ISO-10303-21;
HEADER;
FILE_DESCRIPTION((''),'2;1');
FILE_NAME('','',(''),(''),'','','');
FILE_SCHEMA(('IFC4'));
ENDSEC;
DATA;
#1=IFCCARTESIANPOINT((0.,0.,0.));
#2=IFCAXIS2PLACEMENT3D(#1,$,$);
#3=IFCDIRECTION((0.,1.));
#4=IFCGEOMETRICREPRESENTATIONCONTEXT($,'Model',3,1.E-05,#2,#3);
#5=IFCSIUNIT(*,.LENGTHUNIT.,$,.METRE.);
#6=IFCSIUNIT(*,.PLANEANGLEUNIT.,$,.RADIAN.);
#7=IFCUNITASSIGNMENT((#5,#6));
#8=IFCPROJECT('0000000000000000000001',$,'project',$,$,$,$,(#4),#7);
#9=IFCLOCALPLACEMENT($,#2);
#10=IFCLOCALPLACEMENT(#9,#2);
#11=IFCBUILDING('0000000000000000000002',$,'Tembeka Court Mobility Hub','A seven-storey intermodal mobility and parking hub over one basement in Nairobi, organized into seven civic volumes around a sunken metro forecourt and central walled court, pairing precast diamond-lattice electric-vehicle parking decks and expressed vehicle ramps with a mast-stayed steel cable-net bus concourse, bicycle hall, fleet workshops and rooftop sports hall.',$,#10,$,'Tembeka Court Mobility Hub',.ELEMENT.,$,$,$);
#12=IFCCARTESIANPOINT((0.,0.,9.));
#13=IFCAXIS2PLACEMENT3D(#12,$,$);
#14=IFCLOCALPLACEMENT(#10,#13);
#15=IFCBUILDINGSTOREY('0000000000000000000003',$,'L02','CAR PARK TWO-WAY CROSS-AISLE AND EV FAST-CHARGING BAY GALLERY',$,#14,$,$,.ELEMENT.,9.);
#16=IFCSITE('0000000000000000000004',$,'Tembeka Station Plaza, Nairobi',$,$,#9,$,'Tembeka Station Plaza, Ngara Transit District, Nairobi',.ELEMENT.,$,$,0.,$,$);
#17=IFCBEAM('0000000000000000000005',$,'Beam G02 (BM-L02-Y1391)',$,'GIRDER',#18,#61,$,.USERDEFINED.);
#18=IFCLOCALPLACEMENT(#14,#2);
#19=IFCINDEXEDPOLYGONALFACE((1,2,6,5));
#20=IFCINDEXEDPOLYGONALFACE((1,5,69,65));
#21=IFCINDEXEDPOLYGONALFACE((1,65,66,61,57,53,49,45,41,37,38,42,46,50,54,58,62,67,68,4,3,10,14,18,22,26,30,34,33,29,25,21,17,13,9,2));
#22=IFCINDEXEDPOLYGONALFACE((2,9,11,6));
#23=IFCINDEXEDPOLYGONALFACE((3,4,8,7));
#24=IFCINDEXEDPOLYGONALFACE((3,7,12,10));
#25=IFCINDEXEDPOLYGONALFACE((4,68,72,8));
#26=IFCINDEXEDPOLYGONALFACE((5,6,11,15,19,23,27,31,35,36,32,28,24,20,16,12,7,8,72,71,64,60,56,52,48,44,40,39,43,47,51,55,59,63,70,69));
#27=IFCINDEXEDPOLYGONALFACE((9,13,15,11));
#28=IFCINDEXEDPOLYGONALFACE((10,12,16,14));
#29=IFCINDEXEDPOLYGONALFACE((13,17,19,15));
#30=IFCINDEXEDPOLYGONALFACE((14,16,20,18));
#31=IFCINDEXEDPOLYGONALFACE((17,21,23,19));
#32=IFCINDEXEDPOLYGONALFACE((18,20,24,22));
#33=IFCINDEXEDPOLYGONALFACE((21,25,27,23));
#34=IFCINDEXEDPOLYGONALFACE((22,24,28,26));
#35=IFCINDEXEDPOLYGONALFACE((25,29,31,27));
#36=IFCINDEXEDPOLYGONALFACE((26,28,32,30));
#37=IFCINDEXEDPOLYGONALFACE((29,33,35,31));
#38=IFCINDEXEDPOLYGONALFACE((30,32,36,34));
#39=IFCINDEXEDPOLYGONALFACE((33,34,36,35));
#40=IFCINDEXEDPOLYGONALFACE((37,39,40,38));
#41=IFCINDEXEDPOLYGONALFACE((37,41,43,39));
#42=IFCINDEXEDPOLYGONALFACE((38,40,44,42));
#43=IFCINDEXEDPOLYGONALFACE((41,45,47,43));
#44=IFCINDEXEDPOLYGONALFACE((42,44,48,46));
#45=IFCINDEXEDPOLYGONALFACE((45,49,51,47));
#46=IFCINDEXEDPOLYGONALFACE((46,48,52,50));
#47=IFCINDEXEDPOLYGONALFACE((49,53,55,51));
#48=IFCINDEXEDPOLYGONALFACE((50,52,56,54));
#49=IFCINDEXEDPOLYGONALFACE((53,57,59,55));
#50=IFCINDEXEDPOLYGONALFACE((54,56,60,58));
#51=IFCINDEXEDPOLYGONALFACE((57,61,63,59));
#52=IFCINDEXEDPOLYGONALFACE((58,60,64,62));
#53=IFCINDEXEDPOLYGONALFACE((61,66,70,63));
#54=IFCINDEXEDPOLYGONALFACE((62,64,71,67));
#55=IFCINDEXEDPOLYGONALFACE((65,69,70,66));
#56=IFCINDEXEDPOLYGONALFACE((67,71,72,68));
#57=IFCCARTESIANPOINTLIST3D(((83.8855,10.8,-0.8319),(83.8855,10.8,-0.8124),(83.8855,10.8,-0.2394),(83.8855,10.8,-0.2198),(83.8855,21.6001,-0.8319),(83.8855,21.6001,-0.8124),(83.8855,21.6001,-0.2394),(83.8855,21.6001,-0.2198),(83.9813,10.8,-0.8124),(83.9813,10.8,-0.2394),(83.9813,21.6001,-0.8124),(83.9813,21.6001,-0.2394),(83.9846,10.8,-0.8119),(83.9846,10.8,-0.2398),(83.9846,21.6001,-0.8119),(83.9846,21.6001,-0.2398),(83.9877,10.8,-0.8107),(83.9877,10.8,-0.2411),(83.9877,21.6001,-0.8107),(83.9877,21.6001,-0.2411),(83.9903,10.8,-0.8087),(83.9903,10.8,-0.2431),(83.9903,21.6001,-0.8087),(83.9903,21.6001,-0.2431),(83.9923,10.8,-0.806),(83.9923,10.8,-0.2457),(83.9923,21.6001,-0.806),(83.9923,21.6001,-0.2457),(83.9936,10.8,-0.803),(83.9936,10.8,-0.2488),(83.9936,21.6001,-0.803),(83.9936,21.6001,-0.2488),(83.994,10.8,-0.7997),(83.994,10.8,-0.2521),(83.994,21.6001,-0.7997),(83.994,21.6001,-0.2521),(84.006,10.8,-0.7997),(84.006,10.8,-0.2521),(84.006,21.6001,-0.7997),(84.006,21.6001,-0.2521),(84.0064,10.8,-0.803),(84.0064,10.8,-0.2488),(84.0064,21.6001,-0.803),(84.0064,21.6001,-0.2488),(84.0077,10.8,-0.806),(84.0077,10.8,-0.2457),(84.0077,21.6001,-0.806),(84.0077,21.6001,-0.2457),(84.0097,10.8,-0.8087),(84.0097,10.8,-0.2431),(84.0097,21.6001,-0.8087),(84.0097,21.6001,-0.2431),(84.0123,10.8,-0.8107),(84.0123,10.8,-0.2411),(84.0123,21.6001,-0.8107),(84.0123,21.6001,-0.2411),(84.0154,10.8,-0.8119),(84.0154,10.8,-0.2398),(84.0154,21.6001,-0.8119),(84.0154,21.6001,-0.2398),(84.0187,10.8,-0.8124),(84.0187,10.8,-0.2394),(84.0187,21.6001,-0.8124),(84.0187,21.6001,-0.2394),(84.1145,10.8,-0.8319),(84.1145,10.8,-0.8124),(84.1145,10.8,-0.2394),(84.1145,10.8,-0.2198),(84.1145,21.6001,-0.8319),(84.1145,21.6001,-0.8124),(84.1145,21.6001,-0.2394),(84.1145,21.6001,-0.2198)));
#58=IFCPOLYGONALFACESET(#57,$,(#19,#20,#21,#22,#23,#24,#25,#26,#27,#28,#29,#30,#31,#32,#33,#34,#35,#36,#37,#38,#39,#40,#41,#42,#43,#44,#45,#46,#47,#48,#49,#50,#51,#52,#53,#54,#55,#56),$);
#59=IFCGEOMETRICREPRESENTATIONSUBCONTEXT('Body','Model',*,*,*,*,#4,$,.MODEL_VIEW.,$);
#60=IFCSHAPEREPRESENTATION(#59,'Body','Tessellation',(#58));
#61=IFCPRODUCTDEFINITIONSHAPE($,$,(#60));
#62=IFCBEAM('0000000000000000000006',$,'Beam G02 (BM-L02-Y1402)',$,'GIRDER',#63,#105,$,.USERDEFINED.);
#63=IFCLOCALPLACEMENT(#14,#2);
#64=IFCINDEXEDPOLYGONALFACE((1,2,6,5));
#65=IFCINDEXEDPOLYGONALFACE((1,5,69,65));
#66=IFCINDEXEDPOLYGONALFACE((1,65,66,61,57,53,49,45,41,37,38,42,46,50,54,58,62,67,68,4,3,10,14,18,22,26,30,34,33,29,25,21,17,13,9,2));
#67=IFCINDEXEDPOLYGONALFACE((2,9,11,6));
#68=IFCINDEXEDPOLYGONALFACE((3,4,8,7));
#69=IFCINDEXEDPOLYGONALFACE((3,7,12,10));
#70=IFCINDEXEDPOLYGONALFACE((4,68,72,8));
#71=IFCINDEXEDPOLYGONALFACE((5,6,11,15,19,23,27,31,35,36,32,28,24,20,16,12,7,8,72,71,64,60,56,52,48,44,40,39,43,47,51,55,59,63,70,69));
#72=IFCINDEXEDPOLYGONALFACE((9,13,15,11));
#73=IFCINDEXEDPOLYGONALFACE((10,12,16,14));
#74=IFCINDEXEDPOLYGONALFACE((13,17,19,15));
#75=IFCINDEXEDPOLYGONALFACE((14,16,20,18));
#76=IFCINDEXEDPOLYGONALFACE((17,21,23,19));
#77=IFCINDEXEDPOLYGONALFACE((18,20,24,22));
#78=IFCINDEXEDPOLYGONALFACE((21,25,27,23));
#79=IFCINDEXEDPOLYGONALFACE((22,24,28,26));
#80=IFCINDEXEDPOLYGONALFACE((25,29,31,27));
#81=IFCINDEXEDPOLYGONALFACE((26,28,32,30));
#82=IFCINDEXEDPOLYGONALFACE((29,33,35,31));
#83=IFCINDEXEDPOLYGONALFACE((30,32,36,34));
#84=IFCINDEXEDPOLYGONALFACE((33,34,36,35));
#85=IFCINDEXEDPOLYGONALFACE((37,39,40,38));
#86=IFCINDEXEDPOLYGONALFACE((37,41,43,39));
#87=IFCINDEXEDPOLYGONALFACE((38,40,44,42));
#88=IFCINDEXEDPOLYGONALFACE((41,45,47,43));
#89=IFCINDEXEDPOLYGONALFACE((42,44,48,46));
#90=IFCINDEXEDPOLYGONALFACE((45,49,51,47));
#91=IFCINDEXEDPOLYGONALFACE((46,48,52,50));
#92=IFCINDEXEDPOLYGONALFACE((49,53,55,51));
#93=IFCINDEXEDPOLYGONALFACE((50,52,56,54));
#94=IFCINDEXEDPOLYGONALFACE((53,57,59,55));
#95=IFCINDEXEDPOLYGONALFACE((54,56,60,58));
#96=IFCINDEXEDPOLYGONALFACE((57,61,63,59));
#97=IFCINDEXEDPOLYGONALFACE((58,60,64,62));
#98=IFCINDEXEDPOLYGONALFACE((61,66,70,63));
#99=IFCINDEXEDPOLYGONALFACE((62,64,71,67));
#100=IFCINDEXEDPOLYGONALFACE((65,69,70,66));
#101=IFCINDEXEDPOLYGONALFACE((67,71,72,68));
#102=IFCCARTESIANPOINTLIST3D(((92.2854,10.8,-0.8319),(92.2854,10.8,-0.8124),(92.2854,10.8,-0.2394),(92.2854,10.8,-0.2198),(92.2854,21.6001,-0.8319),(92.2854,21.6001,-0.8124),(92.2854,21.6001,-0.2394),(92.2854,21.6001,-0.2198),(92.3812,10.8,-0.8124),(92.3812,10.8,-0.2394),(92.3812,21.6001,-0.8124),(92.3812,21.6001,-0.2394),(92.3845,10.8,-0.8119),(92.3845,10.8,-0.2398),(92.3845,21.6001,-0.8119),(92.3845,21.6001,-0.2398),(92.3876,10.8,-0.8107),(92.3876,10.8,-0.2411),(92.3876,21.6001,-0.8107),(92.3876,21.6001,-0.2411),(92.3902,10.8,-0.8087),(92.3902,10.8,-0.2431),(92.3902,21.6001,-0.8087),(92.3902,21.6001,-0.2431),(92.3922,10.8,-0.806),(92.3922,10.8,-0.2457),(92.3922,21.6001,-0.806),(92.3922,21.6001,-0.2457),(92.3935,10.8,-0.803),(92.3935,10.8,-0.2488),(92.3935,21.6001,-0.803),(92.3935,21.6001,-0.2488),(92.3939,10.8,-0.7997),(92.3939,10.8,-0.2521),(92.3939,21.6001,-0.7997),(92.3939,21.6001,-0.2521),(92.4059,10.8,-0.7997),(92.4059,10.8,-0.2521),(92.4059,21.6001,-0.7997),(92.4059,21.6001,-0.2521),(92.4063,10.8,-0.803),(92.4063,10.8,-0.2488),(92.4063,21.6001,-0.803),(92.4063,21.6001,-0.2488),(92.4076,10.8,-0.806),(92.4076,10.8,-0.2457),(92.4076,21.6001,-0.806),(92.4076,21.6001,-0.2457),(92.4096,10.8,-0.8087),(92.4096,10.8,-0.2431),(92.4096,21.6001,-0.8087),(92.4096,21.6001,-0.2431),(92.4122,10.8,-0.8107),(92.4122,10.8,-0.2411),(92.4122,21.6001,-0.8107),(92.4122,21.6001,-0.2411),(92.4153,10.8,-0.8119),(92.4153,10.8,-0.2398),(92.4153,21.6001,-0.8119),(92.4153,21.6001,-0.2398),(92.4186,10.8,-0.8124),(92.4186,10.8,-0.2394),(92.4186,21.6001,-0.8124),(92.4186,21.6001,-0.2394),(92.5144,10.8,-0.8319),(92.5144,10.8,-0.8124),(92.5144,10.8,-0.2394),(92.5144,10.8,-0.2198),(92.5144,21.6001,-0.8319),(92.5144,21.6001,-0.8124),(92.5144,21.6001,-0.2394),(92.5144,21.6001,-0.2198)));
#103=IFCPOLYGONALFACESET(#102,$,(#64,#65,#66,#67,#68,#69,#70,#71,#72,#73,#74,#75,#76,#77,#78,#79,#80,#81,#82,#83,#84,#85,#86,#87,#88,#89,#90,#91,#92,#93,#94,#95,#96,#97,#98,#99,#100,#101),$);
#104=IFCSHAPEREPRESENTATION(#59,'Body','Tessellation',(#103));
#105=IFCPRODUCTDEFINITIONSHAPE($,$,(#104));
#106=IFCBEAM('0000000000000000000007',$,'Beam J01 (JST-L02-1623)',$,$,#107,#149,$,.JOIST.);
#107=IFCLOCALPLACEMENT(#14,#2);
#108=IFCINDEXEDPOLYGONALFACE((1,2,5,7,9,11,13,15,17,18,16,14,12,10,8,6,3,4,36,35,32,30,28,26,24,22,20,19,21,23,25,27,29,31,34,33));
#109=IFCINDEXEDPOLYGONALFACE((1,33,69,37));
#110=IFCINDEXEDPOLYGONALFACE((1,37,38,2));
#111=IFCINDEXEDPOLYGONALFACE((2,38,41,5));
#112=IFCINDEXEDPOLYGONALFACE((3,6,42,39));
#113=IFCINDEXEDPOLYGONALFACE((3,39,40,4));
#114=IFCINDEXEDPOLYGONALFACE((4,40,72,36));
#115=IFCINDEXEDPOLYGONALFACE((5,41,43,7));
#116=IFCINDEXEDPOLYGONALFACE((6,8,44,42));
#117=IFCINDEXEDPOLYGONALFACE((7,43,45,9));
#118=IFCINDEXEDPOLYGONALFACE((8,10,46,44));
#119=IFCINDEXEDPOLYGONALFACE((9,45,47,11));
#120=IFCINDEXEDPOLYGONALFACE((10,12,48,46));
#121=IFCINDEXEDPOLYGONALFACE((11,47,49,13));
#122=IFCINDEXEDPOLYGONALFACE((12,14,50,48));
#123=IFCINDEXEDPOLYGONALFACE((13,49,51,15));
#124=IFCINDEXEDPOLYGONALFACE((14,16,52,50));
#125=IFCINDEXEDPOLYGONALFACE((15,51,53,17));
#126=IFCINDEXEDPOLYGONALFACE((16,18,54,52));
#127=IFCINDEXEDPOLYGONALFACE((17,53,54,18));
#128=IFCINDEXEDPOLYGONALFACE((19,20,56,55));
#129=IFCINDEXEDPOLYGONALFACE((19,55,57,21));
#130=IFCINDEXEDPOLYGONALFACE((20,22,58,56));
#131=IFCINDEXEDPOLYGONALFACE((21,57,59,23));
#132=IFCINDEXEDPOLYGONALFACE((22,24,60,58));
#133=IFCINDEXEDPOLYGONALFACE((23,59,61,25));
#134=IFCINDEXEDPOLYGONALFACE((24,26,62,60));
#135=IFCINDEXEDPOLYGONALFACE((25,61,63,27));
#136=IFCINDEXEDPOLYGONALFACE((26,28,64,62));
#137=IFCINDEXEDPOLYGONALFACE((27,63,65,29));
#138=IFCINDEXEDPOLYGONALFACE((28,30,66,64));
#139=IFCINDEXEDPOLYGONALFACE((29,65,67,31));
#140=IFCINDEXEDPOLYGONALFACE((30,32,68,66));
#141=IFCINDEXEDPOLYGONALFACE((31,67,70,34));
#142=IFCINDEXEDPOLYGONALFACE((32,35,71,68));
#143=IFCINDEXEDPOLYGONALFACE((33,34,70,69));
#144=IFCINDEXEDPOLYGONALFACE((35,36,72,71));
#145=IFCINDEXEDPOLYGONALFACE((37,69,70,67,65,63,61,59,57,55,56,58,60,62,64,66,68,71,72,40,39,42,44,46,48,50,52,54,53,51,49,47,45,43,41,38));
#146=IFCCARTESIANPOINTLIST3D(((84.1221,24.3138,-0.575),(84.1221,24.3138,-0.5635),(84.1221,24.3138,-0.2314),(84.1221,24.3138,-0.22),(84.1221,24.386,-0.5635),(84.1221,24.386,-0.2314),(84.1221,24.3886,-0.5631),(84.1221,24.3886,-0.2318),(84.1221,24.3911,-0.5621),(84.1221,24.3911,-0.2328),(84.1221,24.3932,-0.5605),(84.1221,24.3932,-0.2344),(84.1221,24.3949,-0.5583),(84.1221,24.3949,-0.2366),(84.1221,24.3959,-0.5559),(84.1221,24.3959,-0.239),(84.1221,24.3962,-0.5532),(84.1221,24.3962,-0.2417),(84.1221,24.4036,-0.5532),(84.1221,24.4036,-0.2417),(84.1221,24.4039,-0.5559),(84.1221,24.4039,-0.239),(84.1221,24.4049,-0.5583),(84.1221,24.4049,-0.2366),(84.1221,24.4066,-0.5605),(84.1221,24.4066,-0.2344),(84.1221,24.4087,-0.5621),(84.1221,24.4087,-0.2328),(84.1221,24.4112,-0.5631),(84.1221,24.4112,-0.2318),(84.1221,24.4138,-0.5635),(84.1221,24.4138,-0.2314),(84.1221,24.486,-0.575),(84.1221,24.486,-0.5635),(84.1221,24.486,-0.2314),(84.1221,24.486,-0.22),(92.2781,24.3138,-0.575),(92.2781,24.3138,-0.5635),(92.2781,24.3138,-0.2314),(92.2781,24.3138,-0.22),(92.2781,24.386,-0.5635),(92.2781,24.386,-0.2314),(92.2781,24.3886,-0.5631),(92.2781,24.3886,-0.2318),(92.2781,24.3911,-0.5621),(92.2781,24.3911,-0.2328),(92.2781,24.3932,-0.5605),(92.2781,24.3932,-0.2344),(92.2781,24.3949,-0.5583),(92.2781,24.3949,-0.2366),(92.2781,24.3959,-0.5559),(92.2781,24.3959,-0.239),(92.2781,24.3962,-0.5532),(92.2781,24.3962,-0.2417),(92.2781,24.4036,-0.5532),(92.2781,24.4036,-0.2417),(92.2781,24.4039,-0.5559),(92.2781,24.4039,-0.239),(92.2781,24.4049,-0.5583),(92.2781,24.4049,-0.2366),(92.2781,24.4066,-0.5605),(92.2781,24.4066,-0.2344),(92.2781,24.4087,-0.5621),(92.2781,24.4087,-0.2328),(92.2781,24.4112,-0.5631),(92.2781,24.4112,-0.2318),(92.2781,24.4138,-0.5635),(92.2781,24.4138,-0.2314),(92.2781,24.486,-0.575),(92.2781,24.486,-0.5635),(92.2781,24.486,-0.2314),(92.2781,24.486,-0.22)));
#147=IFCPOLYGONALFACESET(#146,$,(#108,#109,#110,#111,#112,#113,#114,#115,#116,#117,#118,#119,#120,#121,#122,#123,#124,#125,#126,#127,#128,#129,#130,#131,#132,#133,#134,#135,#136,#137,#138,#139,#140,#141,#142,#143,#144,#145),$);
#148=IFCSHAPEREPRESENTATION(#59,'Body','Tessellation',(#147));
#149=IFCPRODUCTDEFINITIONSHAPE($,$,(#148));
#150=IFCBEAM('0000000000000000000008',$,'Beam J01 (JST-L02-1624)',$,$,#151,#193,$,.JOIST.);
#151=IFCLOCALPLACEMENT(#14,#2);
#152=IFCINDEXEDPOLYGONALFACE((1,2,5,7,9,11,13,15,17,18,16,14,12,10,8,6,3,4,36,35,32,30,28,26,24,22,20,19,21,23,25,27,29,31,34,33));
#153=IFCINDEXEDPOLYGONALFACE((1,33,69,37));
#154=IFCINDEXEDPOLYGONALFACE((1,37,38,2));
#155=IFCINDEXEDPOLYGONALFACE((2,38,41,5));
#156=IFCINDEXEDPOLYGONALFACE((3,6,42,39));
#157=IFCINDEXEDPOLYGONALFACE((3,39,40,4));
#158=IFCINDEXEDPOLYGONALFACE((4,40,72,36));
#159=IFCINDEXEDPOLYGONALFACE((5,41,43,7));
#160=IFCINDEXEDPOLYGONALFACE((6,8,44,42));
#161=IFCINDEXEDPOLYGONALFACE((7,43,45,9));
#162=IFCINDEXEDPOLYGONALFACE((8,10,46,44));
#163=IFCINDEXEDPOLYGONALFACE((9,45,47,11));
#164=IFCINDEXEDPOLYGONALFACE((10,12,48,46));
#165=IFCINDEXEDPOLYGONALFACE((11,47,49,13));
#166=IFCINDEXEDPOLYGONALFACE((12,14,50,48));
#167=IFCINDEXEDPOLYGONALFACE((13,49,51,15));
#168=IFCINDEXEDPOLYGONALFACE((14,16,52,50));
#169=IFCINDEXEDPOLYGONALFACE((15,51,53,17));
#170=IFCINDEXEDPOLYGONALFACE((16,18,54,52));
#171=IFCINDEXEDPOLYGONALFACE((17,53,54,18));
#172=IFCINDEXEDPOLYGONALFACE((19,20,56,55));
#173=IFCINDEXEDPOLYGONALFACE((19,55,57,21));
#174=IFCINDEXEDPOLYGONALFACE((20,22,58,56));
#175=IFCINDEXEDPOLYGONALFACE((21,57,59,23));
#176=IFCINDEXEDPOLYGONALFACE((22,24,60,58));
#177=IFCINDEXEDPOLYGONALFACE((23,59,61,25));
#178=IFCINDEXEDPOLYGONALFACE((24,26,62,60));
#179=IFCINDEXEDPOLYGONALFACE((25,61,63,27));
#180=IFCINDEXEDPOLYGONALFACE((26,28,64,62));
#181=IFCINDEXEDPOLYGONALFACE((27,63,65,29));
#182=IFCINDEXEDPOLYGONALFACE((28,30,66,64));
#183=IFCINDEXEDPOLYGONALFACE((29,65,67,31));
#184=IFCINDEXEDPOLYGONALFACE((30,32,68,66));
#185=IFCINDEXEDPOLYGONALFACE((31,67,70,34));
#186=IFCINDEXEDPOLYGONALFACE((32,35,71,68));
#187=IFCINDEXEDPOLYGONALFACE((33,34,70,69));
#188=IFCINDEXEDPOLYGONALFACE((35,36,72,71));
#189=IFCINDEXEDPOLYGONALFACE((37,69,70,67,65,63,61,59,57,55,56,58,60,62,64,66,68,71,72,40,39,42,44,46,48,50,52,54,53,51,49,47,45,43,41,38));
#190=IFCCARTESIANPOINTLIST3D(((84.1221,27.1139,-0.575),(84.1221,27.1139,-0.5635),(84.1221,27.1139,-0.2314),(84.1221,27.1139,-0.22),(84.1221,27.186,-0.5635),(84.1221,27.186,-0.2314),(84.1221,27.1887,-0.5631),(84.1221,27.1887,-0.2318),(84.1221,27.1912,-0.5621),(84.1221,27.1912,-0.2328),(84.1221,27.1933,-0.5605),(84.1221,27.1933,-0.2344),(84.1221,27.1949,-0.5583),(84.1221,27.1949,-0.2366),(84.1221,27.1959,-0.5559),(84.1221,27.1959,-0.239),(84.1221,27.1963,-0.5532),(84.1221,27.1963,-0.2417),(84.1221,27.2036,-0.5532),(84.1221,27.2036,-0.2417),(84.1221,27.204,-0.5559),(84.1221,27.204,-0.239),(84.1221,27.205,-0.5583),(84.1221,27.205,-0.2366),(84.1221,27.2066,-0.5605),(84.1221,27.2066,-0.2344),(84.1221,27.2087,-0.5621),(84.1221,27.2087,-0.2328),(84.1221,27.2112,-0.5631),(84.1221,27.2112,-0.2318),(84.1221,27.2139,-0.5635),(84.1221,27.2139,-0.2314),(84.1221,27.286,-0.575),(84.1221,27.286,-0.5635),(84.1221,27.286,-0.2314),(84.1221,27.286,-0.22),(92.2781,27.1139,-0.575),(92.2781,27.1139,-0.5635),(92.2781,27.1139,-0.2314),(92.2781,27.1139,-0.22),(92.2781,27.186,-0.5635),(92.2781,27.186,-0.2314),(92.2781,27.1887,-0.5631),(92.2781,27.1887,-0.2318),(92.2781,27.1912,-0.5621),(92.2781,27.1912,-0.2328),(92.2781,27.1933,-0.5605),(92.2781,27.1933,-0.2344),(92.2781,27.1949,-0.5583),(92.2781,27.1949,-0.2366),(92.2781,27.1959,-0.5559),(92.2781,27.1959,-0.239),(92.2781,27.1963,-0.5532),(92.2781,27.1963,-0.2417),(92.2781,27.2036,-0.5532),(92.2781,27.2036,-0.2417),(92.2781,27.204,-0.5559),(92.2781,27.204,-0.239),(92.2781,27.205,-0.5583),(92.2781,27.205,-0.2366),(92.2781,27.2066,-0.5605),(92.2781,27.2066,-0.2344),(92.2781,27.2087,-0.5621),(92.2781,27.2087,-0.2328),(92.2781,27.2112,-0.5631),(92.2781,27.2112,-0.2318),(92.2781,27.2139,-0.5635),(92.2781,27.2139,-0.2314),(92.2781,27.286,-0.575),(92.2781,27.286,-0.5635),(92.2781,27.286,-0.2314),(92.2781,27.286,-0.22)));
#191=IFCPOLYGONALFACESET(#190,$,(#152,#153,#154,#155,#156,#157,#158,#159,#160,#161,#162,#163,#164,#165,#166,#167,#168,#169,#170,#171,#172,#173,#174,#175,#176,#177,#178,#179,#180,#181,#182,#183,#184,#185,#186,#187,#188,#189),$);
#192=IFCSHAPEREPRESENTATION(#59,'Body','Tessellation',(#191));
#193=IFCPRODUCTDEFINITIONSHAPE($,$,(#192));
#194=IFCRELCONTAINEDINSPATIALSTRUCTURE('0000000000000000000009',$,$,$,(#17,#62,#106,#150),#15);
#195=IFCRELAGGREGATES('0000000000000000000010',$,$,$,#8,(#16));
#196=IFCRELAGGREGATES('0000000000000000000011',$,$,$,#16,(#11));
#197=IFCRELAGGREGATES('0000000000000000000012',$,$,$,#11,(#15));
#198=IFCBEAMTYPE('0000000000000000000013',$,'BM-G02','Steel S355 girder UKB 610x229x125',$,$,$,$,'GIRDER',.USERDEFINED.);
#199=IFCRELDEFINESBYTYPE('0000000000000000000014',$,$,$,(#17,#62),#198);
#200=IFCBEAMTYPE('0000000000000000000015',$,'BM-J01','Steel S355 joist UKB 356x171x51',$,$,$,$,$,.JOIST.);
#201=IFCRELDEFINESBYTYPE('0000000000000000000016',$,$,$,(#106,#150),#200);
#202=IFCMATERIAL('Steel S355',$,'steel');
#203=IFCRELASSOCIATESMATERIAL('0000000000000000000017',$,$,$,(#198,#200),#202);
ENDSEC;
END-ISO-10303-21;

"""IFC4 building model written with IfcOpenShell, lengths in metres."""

from ifc_helpers import new_model, si_unit, direction, frame, origin, origin_2d, place, context, subcontext, project, spatial, i_section, extrude, material, material_profile, profile_set, type_object, element, save


model = new_model("IFC4")

# Units and contexts
model_context = context("Model", 3, precision=1e-05, world=origin(), true_north=direction((0.0, 1.0)))
body_context = subcontext(model_context, "Body", "Model", "MODEL_VIEW")
ifc_project = project(units=[si_unit("LENGTHUNIT", "METRE"), si_unit("PLANEANGLEUNIT", "RADIAN")], contexts=[model_context])

# Site, building, storey
site_placement = place(None, origin())
site = spatial("IfcSite", under=ifc_project, at=site_placement, Name="Tembeka Station Plaza, Nairobi", LongName="Tembeka Station Plaza, Ngara Transit District, Nairobi", CompositionType="ELEMENT", RefElevation=0.0)
building_placement = place(site_placement, origin())
building = spatial("IfcBuilding", under=site, at=building_placement, Name="Tembeka Court Mobility Hub", Description="A seven-storey intermodal mobility and parking hub over one basement in Nairobi, organized into seven civic volumes around a sunken metro forecourt and central walled court, pairing precast diamond-lattice electric-vehicle parking decks and expressed vehicle ramps with a mast-stayed steel cable-net bus concourse, bicycle hall, fleet workshops and rooftop sports hall.", LongName="Tembeka Court Mobility Hub", CompositionType="ELEMENT")
storey_placement = place(building_placement, frame((0.0, 0.0, 9.0)))
storey = spatial("IfcBuildingStorey", under=building, at=storey_placement, Name="L02", Description="CAR PARK TWO-WAY CROSS-AISLE AND EV FAST-CHARGING BAY GALLERY", CompositionType="ELEMENT", Elevation=9.0)

# Shared definitions
ifc_material_1 = material(Name="Steel S355", Category="steel")

# Beams
ifc_material_profile_1 = material_profile(ifc_material_1, i_section(OverallWidth=0.229, OverallDepth=0.6121, WebThickness=0.012, FlangeThickness=0.0195, FilletRadius=0.0127, at=origin_2d()), Name="UKB 610x229x125")
ifc_profile_set_1 = profile_set([ifc_material_profile_1], Name="Steel S355")
beam_type_1 = type_object("IfcBeamType", Name="BM-G02", Description="Steel S355 girder UKB 610x229x125", ElementType="GIRDER", PredefinedType="USERDEFINED", material=ifc_profile_set_1)
for number, where, z_axis, x_axis, name in (
    (1, (84.0, 10.8, -0.5259), (0.0, 1.0, 0.0), (-1.0, 0.0, 0.0), "Beam G02 (BM-L02-Y1391)"),
    (2, (92.3999, 10.8, -0.5259), (0.0, 1.0, 0.0), (-1.0, 0.0, 0.0), "Beam G02 (BM-L02-Y1402)"),
):
    element("IfcBeam", number, at=place(storey_placement, frame(where, z_axis=z_axis, x_axis=x_axis)), inside=storey, type_object=beam_type_1, Name=name, ObjectType="GIRDER", PredefinedType="USERDEFINED", context=body_context, shape_type="SweptSolid", body=[
        extrude(i_section(OverallWidth=0.229, OverallDepth=0.6121, WebThickness=0.012, FlangeThickness=0.0195, FilletRadius=0.0127, at=origin_2d()), origin(), (0.0, 0.0, 1.0), 10.8),
    ])
ifc_material_profile_2 = material_profile(ifc_material_1, i_section(OverallWidth=0.1721, OverallDepth=0.355, WebThickness=0.0073, FlangeThickness=0.0115, FilletRadius=0.0103, at=origin_2d()), Name="UKB 356x171x51")
ifc_profile_set_2 = profile_set([ifc_material_profile_2], Name="Steel S355")
beam_type_2 = type_object("IfcBeamType", Name="BM-J01", Description="Steel S355 joist UKB 356x171x51", PredefinedType="JOIST", material=ifc_profile_set_2)
for number, where, z_axis, x_axis, name in (
    (3, (84.1221, 24.3999, -0.3975), (1.0, 0.0, 0.0), (0.0, 1.0, 0.0), "Beam J01 (JST-L02-1623)"),
    (4, (84.1221, 27.2, -0.3975), (1.0, 0.0, 0.0), (0.0, 1.0, 0.0), "Beam J01 (JST-L02-1624)"),
):
    element("IfcBeam", number, at=place(storey_placement, frame(where, z_axis=z_axis, x_axis=x_axis)), inside=storey, type_object=beam_type_2, Name=name, PredefinedType="JOIST", context=body_context, shape_type="SweptSolid", body=[
        extrude(i_section(OverallWidth=0.1721, OverallDepth=0.355, WebThickness=0.0073, FlangeThickness=0.0115, FilletRadius=0.0103, at=origin_2d()), origin(), (0.0, 0.0, 1.0), 8.156),
    ])

save(model, "model.ifc")
